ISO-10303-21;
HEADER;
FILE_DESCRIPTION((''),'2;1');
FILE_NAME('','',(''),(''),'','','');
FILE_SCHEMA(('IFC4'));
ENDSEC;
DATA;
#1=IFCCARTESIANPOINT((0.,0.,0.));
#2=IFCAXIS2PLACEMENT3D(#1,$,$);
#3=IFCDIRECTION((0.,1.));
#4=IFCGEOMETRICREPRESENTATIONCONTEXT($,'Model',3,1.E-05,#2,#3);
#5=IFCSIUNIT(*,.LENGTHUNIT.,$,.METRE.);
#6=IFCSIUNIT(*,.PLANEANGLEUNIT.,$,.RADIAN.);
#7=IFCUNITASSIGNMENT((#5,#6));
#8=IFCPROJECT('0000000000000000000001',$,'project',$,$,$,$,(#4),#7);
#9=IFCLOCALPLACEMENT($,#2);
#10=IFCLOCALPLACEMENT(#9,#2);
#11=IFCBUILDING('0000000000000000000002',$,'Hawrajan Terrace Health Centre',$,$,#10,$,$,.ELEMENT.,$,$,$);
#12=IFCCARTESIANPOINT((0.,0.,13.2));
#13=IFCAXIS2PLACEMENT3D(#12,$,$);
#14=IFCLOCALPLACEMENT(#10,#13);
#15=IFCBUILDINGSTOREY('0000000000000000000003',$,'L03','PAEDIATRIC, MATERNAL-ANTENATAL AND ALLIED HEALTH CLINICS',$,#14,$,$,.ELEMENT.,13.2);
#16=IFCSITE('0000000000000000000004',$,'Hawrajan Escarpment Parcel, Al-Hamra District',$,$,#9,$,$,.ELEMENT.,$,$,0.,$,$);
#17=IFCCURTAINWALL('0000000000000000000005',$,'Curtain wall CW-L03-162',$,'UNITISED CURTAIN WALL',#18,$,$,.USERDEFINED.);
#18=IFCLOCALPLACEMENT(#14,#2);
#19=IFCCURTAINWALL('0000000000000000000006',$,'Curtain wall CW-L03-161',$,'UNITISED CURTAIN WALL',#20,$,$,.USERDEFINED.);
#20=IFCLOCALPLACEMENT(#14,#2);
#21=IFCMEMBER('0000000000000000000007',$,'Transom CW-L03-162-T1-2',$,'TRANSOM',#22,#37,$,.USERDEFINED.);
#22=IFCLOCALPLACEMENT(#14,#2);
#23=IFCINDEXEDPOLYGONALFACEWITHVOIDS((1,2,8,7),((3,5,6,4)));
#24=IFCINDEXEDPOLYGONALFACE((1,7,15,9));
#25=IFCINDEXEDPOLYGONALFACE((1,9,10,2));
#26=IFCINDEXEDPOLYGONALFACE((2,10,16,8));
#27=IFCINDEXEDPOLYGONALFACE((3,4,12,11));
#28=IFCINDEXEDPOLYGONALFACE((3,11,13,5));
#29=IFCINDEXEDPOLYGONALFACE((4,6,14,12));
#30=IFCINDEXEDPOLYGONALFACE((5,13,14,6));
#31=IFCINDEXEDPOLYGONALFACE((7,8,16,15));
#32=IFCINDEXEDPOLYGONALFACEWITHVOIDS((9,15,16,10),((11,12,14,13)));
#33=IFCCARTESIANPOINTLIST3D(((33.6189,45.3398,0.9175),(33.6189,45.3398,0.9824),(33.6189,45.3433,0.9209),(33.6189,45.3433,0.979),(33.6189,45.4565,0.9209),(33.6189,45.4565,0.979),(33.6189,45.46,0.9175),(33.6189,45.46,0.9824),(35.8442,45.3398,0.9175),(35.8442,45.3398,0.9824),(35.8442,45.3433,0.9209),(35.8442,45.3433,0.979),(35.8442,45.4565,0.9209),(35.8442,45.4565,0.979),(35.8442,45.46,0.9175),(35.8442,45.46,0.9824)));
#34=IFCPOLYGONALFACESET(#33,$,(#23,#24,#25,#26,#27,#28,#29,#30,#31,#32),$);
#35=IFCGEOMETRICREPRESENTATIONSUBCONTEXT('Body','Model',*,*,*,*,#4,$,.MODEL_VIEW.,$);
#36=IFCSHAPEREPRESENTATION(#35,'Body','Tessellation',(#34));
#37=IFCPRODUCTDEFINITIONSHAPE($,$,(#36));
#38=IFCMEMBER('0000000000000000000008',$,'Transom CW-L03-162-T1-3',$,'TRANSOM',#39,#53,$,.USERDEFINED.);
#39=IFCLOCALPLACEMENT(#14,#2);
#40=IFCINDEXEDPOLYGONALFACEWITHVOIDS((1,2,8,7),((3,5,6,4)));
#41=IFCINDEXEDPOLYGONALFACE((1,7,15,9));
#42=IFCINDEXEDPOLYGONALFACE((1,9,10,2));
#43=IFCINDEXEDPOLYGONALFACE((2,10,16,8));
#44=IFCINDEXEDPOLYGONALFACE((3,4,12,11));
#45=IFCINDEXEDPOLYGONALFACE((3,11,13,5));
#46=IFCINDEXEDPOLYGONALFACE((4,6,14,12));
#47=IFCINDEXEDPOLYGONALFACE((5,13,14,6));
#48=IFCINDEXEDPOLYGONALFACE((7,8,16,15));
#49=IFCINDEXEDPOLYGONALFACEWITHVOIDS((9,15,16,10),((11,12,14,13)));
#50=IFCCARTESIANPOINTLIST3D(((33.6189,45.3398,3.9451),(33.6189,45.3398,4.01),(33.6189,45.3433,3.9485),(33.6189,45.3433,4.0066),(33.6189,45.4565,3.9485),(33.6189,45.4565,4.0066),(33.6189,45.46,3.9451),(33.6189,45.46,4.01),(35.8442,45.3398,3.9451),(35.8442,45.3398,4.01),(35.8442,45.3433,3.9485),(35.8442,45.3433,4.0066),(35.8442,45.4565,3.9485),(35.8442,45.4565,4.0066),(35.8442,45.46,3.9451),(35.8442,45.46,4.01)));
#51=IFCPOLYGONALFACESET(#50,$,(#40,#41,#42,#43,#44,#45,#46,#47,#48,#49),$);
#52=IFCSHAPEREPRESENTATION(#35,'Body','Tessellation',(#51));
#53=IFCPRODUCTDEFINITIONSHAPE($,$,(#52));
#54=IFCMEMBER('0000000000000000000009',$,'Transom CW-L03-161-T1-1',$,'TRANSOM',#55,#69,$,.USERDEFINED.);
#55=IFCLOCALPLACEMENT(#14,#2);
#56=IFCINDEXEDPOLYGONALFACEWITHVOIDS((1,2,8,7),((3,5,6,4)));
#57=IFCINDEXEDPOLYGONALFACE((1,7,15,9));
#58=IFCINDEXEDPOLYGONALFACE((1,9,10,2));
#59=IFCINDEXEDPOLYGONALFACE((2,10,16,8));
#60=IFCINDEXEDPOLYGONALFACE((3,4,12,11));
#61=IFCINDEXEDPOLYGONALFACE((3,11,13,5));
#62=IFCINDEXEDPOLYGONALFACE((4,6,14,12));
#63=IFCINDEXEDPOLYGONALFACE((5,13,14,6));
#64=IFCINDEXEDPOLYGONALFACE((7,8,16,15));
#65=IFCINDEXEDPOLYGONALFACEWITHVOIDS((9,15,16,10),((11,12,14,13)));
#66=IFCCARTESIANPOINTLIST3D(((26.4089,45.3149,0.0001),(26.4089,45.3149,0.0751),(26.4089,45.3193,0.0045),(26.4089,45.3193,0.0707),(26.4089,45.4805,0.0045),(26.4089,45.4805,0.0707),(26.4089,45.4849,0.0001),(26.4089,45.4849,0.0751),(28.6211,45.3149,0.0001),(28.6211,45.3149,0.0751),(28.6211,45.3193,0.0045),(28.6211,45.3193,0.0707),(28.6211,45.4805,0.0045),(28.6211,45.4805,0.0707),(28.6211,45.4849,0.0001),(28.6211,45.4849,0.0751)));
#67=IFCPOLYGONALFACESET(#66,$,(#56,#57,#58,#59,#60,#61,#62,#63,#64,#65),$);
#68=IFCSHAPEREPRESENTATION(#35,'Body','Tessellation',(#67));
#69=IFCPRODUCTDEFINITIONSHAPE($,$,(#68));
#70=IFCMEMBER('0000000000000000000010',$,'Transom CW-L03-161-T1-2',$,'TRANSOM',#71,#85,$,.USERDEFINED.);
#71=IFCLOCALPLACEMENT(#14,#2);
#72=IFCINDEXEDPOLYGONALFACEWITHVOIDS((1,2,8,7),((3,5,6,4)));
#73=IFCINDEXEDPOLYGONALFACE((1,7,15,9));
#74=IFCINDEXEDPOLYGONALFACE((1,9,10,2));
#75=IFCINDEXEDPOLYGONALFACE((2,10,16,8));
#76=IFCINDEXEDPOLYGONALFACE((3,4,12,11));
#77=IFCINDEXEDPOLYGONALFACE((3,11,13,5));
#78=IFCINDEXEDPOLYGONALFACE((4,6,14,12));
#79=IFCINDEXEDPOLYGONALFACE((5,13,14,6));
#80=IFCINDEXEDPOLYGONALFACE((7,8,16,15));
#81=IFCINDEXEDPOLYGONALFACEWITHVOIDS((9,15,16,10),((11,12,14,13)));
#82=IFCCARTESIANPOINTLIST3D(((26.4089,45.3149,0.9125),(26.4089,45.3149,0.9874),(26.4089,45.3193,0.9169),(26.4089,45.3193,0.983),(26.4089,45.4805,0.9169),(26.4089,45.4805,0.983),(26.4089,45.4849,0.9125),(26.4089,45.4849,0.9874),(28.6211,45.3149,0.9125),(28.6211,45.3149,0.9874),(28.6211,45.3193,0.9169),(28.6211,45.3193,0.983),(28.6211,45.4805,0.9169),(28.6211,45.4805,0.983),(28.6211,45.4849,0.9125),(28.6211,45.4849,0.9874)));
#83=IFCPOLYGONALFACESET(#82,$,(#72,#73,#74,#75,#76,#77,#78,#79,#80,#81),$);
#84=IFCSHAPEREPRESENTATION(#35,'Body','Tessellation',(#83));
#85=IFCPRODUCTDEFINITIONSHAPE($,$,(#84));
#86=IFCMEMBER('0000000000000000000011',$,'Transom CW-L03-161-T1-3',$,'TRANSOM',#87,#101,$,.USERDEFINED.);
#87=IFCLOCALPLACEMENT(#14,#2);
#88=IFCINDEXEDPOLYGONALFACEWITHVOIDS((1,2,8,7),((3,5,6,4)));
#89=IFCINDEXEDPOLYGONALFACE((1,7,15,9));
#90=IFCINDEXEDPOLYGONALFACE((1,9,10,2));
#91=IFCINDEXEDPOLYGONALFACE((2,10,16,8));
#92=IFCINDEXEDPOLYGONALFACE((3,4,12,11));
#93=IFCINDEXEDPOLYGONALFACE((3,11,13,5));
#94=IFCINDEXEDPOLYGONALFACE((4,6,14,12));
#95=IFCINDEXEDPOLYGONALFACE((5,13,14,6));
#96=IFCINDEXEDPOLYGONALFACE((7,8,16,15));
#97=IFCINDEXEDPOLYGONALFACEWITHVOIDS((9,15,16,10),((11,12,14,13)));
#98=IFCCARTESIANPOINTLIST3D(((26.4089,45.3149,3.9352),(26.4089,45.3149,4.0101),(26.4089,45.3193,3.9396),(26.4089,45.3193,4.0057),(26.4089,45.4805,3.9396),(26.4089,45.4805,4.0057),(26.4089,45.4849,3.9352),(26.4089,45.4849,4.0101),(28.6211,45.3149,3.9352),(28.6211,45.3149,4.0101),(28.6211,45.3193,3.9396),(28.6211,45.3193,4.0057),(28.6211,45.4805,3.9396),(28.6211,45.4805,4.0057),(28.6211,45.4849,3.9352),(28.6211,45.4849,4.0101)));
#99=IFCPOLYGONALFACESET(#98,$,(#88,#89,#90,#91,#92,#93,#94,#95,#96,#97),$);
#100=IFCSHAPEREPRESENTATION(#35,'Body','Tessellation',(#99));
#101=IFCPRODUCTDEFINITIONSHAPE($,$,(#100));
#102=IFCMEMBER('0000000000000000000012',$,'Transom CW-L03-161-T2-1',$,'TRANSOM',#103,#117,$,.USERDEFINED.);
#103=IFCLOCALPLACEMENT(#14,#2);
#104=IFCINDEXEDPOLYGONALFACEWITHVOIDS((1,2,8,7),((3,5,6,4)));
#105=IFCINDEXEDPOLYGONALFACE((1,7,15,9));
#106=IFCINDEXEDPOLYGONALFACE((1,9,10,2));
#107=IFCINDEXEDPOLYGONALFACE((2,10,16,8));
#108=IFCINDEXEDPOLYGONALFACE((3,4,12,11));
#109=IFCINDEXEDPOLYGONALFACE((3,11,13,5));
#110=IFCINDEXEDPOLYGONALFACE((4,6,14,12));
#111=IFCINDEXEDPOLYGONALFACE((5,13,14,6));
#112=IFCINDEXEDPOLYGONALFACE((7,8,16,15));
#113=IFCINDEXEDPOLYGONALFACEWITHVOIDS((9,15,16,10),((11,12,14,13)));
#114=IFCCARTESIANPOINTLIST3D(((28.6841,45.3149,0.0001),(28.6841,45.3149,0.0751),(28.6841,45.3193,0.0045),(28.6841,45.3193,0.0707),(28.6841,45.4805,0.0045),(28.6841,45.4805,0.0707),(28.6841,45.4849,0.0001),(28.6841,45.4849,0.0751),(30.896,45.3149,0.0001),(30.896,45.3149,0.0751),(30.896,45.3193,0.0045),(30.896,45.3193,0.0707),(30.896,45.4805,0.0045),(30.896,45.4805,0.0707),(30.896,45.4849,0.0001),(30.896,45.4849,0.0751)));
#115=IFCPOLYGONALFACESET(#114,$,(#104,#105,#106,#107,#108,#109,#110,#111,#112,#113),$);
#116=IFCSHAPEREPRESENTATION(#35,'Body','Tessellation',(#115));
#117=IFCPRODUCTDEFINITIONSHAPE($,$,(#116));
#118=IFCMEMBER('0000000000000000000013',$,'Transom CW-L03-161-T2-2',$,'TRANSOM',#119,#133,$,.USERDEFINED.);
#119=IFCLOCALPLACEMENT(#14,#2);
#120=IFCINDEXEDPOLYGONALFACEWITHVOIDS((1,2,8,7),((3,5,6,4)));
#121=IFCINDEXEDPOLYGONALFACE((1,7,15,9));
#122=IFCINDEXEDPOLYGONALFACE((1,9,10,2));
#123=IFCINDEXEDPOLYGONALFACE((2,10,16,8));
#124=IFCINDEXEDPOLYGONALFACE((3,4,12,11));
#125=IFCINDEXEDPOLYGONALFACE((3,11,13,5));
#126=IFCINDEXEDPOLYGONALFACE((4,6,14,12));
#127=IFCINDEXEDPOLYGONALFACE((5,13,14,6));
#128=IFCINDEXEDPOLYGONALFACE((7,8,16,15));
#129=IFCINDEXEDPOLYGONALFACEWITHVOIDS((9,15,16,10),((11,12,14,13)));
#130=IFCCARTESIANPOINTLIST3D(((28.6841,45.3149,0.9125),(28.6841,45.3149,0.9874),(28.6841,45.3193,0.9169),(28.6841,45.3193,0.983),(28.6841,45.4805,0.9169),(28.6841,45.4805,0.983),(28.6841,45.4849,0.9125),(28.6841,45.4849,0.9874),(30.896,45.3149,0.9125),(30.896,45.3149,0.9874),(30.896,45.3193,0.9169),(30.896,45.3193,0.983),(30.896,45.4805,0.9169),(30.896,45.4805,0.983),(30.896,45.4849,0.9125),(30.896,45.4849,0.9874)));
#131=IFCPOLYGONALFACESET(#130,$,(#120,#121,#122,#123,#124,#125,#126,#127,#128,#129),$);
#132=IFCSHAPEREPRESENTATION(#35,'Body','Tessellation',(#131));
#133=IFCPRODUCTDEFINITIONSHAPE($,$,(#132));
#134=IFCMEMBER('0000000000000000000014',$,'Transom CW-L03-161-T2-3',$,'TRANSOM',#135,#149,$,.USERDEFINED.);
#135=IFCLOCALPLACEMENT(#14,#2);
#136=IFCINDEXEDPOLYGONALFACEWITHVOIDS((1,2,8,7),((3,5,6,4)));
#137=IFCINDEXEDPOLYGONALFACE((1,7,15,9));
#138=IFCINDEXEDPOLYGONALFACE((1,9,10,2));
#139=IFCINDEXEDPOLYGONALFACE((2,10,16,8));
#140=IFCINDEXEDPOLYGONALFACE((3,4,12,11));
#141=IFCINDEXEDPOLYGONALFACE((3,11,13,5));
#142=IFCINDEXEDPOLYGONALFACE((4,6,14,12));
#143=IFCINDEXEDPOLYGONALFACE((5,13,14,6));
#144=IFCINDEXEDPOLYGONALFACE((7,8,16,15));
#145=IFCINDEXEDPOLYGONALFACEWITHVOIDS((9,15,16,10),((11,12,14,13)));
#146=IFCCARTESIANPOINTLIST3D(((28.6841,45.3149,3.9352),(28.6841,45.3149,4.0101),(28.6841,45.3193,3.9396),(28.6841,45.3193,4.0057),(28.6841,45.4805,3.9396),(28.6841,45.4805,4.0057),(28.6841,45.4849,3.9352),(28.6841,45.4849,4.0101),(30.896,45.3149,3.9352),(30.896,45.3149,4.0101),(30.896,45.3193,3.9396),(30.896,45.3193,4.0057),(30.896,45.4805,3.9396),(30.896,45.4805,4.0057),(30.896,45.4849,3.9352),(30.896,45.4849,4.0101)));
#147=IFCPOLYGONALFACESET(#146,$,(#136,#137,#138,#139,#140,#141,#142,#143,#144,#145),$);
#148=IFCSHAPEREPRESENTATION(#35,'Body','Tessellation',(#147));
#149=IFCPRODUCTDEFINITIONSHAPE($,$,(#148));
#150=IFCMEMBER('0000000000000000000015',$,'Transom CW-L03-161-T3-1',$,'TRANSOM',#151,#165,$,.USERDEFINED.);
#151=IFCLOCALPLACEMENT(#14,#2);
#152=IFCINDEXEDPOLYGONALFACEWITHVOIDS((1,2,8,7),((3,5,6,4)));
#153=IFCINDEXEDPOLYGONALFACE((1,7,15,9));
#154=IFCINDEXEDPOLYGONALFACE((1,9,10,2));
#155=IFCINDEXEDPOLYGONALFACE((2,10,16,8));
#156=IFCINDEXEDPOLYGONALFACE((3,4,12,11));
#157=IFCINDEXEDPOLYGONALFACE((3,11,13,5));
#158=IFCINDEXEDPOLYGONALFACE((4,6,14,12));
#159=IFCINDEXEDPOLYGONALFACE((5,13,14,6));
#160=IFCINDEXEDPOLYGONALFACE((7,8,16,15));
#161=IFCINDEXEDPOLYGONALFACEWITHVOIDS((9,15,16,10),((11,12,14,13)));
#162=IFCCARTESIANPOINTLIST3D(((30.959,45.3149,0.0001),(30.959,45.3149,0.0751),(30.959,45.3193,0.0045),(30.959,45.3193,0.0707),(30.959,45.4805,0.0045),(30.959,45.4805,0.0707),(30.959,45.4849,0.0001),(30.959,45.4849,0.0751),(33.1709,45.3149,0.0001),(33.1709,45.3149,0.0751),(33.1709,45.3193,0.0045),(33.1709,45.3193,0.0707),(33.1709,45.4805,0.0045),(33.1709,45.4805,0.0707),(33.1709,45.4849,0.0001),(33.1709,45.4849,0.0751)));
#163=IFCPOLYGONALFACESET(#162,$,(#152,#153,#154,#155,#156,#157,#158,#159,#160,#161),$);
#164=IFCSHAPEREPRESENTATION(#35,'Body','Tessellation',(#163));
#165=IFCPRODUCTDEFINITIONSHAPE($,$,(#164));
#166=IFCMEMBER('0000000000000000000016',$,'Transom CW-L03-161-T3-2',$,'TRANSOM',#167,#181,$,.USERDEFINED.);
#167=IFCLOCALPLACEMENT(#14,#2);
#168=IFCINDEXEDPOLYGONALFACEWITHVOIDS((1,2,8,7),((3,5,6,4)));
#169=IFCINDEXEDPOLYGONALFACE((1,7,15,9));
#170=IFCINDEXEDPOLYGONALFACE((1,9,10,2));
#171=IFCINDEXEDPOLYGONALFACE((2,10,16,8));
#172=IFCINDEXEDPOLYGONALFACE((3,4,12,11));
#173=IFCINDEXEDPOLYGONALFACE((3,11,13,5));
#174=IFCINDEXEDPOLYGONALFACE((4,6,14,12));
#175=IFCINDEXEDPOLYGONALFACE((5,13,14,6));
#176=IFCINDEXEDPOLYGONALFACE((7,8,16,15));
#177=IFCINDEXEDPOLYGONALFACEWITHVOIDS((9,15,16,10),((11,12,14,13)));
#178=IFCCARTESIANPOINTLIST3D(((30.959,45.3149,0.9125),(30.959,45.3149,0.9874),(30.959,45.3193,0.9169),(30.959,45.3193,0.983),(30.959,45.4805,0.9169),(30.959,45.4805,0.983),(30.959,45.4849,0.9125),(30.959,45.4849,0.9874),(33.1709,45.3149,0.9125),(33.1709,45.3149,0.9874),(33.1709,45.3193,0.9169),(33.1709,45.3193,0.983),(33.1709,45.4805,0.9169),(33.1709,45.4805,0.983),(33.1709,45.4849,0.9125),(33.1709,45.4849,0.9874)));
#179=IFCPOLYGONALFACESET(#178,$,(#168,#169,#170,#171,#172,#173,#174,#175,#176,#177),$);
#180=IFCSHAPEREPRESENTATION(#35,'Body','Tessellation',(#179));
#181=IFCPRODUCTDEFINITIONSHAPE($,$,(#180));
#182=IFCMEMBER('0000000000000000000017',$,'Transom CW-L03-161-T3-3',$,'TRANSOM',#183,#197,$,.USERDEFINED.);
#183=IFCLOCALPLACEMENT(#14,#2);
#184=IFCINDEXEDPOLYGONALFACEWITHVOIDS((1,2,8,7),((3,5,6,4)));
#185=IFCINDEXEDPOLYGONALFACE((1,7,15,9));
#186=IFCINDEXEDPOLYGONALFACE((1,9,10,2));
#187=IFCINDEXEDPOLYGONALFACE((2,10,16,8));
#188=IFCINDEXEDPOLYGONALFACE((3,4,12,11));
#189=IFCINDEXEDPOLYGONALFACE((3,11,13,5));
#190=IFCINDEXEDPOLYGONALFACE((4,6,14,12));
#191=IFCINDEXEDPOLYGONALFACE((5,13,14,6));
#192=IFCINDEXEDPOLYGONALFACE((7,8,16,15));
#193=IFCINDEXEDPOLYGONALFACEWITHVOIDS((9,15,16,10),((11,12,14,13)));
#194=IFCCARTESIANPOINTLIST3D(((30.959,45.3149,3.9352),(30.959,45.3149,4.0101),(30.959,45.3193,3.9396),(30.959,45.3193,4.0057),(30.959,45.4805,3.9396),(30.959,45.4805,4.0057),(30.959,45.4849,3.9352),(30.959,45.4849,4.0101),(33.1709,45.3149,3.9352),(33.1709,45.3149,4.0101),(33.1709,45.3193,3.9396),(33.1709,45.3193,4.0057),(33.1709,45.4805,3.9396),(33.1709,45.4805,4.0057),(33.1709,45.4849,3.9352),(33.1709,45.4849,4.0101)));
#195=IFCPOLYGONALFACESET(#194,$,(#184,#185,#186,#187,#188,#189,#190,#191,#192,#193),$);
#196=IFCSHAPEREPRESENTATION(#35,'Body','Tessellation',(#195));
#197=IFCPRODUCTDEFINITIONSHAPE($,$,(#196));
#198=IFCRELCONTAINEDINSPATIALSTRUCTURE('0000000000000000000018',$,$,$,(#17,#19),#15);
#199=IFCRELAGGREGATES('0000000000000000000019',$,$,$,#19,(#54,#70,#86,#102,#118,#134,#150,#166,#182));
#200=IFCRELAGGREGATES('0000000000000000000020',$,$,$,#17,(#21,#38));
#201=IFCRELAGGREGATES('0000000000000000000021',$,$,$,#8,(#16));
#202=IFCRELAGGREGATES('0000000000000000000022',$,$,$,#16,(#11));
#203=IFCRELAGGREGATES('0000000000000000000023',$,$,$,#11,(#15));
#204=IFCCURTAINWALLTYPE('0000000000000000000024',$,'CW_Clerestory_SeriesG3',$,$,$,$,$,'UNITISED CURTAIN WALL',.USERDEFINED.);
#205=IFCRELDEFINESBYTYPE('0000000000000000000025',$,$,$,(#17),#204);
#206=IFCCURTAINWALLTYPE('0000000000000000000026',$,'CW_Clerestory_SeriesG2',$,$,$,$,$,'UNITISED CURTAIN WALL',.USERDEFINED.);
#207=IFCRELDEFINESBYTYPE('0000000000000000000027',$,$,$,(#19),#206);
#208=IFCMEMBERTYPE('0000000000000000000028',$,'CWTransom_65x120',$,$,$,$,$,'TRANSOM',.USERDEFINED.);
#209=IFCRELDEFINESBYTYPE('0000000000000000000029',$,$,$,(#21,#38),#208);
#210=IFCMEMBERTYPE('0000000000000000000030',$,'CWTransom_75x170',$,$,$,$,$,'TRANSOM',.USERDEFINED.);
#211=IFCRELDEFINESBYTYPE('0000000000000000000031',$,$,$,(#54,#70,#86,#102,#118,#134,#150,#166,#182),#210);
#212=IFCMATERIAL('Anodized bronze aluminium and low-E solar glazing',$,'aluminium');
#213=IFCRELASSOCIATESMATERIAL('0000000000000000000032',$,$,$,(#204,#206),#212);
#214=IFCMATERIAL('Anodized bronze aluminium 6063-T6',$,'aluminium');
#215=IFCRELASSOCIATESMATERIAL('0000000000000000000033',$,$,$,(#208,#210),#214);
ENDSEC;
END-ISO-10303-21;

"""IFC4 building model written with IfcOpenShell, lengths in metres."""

from ifc_helpers import new_model, si_unit, direction, frame, origin, origin_2d, place, context, subcontext, project, spatial, hollow_rectangle, extrude, material, material_profile, profile_set, type_object, element, aggregate, save


model = new_model("IFC4")

# Units and contexts
model_context = context("Model", 3, precision=1e-05, world=origin(), true_north=direction((0.0, 1.0)))
body_context = subcontext(model_context, "Body", "Model", "MODEL_VIEW")
ifc_project = project(units=[si_unit("LENGTHUNIT", "METRE"), si_unit("PLANEANGLEUNIT", "RADIAN")], contexts=[model_context])

# Site, building, storey
site_placement = place(None, origin())
site = spatial("IfcSite", under=ifc_project, at=site_placement, Name="Hawrajan Escarpment Parcel, Al-Hamra District", CompositionType="ELEMENT", RefElevation=0.0)
building_placement = place(site_placement, origin())
building = spatial("IfcBuilding", under=site, at=building_placement, Name="Hawrajan Terrace Health Centre", CompositionType="ELEMENT")
storey_placement = place(building_placement, frame((0.0, 0.0, 13.2)))
storey = spatial("IfcBuildingStorey", under=building, at=storey_placement, Name="L03", Description="PAEDIATRIC, MATERNAL-ANTENATAL AND ALLIED HEALTH CLINICS", CompositionType="ELEMENT", Elevation=13.2)

# Curtain wall
ifc_material_1 = material(Name="Anodized bronze aluminium and low-E solar glazing", Category="aluminium")
curtain_wall_type_1 = type_object("IfcCurtainWallType", Name="CW_Clerestory_SeriesG3", ElementType="UNITISED CURTAIN WALL", PredefinedType="USERDEFINED", material=ifc_material_1)
curtain_wall_1_placement = place(storey_placement, origin())
curtain_wall_1 = element("IfcCurtainWall", 1, at=curtain_wall_1_placement, inside=storey, type_object=curtain_wall_type_1, Name="Curtain wall CW-L03-162", ObjectType="UNITISED CURTAIN WALL", PredefinedType="USERDEFINED")
ifc_material_2 = material(Name="Anodized bronze aluminium 6063-T6", Category="aluminium")

# Curtain wall
curtain_wall_type_2 = type_object("IfcCurtainWallType", Name="CW_Clerestory_SeriesG2", ElementType="UNITISED CURTAIN WALL", PredefinedType="USERDEFINED", material=ifc_material_1)
curtain_wall_2_placement = place(storey_placement, origin())
curtain_wall_2 = element("IfcCurtainWall", 2, at=curtain_wall_2_placement, inside=storey, type_object=curtain_wall_type_2, Name="Curtain wall CW-L03-161", ObjectType="UNITISED CURTAIN WALL", PredefinedType="USERDEFINED")

# Members
ifc_material_profile_1 = material_profile(ifc_material_2, hollow_rectangle(XDim=0.0649, YDim=0.1201, WallThickness=0.0034, at=origin_2d()), Name="CW TRN 65x120")
ifc_profile_set_1 = profile_set([ifc_material_profile_1], Name="Anodized bronze aluminium 6063-T6")
member_type_1 = type_object("IfcMemberType", Name="CWTransom_65x120", ElementType="TRANSOM", PredefinedType="USERDEFINED", material=ifc_profile_set_1)
member_1_placement = place(storey_placement, frame((33.6189, 45.3999, 0.95), z_axis=(1.0, 0.0, 0.0), x_axis=(0.0, 0.0, 1.0)))
member_1 = element("IfcMember", 3, at=member_1_placement, type_object=member_type_1, Name="Transom CW-L03-162-T1-2", ObjectType="TRANSOM", PredefinedType="USERDEFINED", context=body_context, shape_type="SweptSolid", body=[
    extrude(hollow_rectangle(XDim=0.0649, YDim=0.1201, WallThickness=0.0034, at=origin_2d()), origin(), (0.0, 0.0, 1.0), 2.2253),
])
member_2_placement = place(storey_placement, frame((33.6189, 45.3999, 3.9775), z_axis=(1.0, 0.0, 0.0), x_axis=(0.0, 0.0, 1.0)))
member_2 = element("IfcMember", 4, at=member_2_placement, type_object=member_type_1, Name="Transom CW-L03-162-T1-3", ObjectType="TRANSOM", PredefinedType="USERDEFINED", context=body_context, shape_type="SweptSolid", body=[
    extrude(hollow_rectangle(XDim=0.0649, YDim=0.1201, WallThickness=0.0034, at=origin_2d()), origin(), (0.0, 0.0, 1.0), 2.2253),
])
ifc_material_profile_2 = material_profile(ifc_material_2, hollow_rectangle(XDim=0.075, YDim=0.1699, WallThickness=0.0044, at=origin_2d()), Name="CW TRN 75x170")
ifc_profile_set_2 = profile_set([ifc_material_profile_2], Name="Anodized bronze aluminium 6063-T6")
member_type_2 = type_object("IfcMemberType", Name="CWTransom_75x170", ElementType="TRANSOM", PredefinedType="USERDEFINED", material=ifc_profile_set_2)
member_3_placement = place(storey_placement, frame((26.4089, 45.3999, 0.0376), z_axis=(1.0, 0.0, 0.0), x_axis=(0.0, 0.0, 1.0)))
member_3 = element("IfcMember", 5, at=member_3_placement, type_object=member_type_2, Name="Transom CW-L03-161-T1-1", ObjectType="TRANSOM", PredefinedType="USERDEFINED", context=body_context, shape_type="SweptSolid", body=[
    extrude(hollow_rectangle(XDim=0.075, YDim=0.1699, WallThickness=0.0044, at=origin_2d()), origin(), (0.0, 0.0, 1.0), 2.2122),
])
member_4_placement = place(storey_placement, frame((26.4089, 45.3999, 0.95), z_axis=(1.0, 0.0, 0.0), x_axis=(0.0, 0.0, 1.0)))
member_4 = element("IfcMember", 6, at=member_4_placement, type_object=member_type_2, Name="Transom CW-L03-161-T1-2", ObjectType="TRANSOM", PredefinedType="USERDEFINED", context=body_context, shape_type="SweptSolid", body=[
    extrude(hollow_rectangle(XDim=0.075, YDim=0.1699, WallThickness=0.0044, at=origin_2d()), origin(), (0.0, 0.0, 1.0), 2.2122),
])
member_5_placement = place(storey_placement, frame((26.4089, 45.3999, 3.9727), z_axis=(1.0, 0.0, 0.0), x_axis=(0.0, 0.0, 1.0)))
member_5 = element("IfcMember", 7, at=member_5_placement, type_object=member_type_2, Name="Transom CW-L03-161-T1-3", ObjectType="TRANSOM", PredefinedType="USERDEFINED", context=body_context, shape_type="SweptSolid", body=[
    extrude(hollow_rectangle(XDim=0.075, YDim=0.1699, WallThickness=0.0044, at=origin_2d()), origin(), (0.0, 0.0, 1.0), 2.2122),
])
member_6_placement = place(storey_placement, frame((28.6841, 45.3999, 0.0376), z_axis=(1.0, 0.0, 0.0), x_axis=(0.0, 0.0, 1.0)))
member_6 = element("IfcMember", 8, at=member_6_placement, type_object=member_type_2, Name="Transom CW-L03-161-T2-1", ObjectType="TRANSOM", PredefinedType="USERDEFINED", context=body_context, shape_type="SweptSolid", body=[
    extrude(hollow_rectangle(XDim=0.075, YDim=0.1699, WallThickness=0.0044, at=origin_2d()), origin(), (0.0, 0.0, 1.0), 2.2119),
])
member_7_placement = place(storey_placement, frame((28.6841, 45.3999, 0.95), z_axis=(1.0, 0.0, 0.0), x_axis=(0.0, 0.0, 1.0)))
member_7 = element("IfcMember", 9, at=member_7_placement, type_object=member_type_2, Name="Transom CW-L03-161-T2-2", ObjectType="TRANSOM", PredefinedType="USERDEFINED", context=body_context, shape_type="SweptSolid", body=[
    extrude(hollow_rectangle(XDim=0.075, YDim=0.1699, WallThickness=0.0044, at=origin_2d()), origin(), (0.0, 0.0, 1.0), 2.2119),
])
member_8_placement = place(storey_placement, frame((28.6841, 45.3999, 3.9727), z_axis=(1.0, 0.0, 0.0), x_axis=(0.0, 0.0, 1.0)))
member_8 = element("IfcMember", 10, at=member_8_placement, type_object=member_type_2, Name="Transom CW-L03-161-T2-3", ObjectType="TRANSOM", PredefinedType="USERDEFINED", context=body_context, shape_type="SweptSolid", body=[
    extrude(hollow_rectangle(XDim=0.075, YDim=0.1699, WallThickness=0.0044, at=origin_2d()), origin(), (0.0, 0.0, 1.0), 2.2119),
])
member_9_placement = place(storey_placement, frame((30.959, 45.3999, 0.0376), z_axis=(1.0, 0.0, 0.0), x_axis=(0.0, 0.0, 1.0)))
member_9 = element("IfcMember", 11, at=member_9_placement, type_object=member_type_2, Name="Transom CW-L03-161-T3-1", ObjectType="TRANSOM", PredefinedType="USERDEFINED", context=body_context, shape_type="SweptSolid", body=[
    extrude(hollow_rectangle(XDim=0.075, YDim=0.1699, WallThickness=0.0044, at=origin_2d()), origin(), (0.0, 0.0, 1.0), 2.2119),
])
member_10_placement = place(storey_placement, frame((30.959, 45.3999, 0.95), z_axis=(1.0, 0.0, 0.0), x_axis=(0.0, 0.0, 1.0)))
member_10 = element("IfcMember", 12, at=member_10_placement, type_object=member_type_2, Name="Transom CW-L03-161-T3-2", ObjectType="TRANSOM", PredefinedType="USERDEFINED", context=body_context, shape_type="SweptSolid", body=[
    extrude(hollow_rectangle(XDim=0.075, YDim=0.1699, WallThickness=0.0044, at=origin_2d()), origin(), (0.0, 0.0, 1.0), 2.2119),
])
member_11_placement = place(storey_placement, frame((30.959, 45.3999, 3.9727), z_axis=(1.0, 0.0, 0.0), x_axis=(0.0, 0.0, 1.0)))
member_11 = element("IfcMember", 13, at=member_11_placement, type_object=member_type_2, Name="Transom CW-L03-161-T3-3", ObjectType="TRANSOM", PredefinedType="USERDEFINED", context=body_context, shape_type="SweptSolid", body=[
    extrude(hollow_rectangle(XDim=0.075, YDim=0.1699, WallThickness=0.0044, at=origin_2d()), origin(), (0.0, 0.0, 1.0), 2.2119),
])

aggregate(curtain_wall_2, [member_3, member_4, member_5, member_6, member_7, member_8, member_9, member_10, member_11])
aggregate(curtain_wall_1, [member_1, member_2])

save(model, "model.ifc")
